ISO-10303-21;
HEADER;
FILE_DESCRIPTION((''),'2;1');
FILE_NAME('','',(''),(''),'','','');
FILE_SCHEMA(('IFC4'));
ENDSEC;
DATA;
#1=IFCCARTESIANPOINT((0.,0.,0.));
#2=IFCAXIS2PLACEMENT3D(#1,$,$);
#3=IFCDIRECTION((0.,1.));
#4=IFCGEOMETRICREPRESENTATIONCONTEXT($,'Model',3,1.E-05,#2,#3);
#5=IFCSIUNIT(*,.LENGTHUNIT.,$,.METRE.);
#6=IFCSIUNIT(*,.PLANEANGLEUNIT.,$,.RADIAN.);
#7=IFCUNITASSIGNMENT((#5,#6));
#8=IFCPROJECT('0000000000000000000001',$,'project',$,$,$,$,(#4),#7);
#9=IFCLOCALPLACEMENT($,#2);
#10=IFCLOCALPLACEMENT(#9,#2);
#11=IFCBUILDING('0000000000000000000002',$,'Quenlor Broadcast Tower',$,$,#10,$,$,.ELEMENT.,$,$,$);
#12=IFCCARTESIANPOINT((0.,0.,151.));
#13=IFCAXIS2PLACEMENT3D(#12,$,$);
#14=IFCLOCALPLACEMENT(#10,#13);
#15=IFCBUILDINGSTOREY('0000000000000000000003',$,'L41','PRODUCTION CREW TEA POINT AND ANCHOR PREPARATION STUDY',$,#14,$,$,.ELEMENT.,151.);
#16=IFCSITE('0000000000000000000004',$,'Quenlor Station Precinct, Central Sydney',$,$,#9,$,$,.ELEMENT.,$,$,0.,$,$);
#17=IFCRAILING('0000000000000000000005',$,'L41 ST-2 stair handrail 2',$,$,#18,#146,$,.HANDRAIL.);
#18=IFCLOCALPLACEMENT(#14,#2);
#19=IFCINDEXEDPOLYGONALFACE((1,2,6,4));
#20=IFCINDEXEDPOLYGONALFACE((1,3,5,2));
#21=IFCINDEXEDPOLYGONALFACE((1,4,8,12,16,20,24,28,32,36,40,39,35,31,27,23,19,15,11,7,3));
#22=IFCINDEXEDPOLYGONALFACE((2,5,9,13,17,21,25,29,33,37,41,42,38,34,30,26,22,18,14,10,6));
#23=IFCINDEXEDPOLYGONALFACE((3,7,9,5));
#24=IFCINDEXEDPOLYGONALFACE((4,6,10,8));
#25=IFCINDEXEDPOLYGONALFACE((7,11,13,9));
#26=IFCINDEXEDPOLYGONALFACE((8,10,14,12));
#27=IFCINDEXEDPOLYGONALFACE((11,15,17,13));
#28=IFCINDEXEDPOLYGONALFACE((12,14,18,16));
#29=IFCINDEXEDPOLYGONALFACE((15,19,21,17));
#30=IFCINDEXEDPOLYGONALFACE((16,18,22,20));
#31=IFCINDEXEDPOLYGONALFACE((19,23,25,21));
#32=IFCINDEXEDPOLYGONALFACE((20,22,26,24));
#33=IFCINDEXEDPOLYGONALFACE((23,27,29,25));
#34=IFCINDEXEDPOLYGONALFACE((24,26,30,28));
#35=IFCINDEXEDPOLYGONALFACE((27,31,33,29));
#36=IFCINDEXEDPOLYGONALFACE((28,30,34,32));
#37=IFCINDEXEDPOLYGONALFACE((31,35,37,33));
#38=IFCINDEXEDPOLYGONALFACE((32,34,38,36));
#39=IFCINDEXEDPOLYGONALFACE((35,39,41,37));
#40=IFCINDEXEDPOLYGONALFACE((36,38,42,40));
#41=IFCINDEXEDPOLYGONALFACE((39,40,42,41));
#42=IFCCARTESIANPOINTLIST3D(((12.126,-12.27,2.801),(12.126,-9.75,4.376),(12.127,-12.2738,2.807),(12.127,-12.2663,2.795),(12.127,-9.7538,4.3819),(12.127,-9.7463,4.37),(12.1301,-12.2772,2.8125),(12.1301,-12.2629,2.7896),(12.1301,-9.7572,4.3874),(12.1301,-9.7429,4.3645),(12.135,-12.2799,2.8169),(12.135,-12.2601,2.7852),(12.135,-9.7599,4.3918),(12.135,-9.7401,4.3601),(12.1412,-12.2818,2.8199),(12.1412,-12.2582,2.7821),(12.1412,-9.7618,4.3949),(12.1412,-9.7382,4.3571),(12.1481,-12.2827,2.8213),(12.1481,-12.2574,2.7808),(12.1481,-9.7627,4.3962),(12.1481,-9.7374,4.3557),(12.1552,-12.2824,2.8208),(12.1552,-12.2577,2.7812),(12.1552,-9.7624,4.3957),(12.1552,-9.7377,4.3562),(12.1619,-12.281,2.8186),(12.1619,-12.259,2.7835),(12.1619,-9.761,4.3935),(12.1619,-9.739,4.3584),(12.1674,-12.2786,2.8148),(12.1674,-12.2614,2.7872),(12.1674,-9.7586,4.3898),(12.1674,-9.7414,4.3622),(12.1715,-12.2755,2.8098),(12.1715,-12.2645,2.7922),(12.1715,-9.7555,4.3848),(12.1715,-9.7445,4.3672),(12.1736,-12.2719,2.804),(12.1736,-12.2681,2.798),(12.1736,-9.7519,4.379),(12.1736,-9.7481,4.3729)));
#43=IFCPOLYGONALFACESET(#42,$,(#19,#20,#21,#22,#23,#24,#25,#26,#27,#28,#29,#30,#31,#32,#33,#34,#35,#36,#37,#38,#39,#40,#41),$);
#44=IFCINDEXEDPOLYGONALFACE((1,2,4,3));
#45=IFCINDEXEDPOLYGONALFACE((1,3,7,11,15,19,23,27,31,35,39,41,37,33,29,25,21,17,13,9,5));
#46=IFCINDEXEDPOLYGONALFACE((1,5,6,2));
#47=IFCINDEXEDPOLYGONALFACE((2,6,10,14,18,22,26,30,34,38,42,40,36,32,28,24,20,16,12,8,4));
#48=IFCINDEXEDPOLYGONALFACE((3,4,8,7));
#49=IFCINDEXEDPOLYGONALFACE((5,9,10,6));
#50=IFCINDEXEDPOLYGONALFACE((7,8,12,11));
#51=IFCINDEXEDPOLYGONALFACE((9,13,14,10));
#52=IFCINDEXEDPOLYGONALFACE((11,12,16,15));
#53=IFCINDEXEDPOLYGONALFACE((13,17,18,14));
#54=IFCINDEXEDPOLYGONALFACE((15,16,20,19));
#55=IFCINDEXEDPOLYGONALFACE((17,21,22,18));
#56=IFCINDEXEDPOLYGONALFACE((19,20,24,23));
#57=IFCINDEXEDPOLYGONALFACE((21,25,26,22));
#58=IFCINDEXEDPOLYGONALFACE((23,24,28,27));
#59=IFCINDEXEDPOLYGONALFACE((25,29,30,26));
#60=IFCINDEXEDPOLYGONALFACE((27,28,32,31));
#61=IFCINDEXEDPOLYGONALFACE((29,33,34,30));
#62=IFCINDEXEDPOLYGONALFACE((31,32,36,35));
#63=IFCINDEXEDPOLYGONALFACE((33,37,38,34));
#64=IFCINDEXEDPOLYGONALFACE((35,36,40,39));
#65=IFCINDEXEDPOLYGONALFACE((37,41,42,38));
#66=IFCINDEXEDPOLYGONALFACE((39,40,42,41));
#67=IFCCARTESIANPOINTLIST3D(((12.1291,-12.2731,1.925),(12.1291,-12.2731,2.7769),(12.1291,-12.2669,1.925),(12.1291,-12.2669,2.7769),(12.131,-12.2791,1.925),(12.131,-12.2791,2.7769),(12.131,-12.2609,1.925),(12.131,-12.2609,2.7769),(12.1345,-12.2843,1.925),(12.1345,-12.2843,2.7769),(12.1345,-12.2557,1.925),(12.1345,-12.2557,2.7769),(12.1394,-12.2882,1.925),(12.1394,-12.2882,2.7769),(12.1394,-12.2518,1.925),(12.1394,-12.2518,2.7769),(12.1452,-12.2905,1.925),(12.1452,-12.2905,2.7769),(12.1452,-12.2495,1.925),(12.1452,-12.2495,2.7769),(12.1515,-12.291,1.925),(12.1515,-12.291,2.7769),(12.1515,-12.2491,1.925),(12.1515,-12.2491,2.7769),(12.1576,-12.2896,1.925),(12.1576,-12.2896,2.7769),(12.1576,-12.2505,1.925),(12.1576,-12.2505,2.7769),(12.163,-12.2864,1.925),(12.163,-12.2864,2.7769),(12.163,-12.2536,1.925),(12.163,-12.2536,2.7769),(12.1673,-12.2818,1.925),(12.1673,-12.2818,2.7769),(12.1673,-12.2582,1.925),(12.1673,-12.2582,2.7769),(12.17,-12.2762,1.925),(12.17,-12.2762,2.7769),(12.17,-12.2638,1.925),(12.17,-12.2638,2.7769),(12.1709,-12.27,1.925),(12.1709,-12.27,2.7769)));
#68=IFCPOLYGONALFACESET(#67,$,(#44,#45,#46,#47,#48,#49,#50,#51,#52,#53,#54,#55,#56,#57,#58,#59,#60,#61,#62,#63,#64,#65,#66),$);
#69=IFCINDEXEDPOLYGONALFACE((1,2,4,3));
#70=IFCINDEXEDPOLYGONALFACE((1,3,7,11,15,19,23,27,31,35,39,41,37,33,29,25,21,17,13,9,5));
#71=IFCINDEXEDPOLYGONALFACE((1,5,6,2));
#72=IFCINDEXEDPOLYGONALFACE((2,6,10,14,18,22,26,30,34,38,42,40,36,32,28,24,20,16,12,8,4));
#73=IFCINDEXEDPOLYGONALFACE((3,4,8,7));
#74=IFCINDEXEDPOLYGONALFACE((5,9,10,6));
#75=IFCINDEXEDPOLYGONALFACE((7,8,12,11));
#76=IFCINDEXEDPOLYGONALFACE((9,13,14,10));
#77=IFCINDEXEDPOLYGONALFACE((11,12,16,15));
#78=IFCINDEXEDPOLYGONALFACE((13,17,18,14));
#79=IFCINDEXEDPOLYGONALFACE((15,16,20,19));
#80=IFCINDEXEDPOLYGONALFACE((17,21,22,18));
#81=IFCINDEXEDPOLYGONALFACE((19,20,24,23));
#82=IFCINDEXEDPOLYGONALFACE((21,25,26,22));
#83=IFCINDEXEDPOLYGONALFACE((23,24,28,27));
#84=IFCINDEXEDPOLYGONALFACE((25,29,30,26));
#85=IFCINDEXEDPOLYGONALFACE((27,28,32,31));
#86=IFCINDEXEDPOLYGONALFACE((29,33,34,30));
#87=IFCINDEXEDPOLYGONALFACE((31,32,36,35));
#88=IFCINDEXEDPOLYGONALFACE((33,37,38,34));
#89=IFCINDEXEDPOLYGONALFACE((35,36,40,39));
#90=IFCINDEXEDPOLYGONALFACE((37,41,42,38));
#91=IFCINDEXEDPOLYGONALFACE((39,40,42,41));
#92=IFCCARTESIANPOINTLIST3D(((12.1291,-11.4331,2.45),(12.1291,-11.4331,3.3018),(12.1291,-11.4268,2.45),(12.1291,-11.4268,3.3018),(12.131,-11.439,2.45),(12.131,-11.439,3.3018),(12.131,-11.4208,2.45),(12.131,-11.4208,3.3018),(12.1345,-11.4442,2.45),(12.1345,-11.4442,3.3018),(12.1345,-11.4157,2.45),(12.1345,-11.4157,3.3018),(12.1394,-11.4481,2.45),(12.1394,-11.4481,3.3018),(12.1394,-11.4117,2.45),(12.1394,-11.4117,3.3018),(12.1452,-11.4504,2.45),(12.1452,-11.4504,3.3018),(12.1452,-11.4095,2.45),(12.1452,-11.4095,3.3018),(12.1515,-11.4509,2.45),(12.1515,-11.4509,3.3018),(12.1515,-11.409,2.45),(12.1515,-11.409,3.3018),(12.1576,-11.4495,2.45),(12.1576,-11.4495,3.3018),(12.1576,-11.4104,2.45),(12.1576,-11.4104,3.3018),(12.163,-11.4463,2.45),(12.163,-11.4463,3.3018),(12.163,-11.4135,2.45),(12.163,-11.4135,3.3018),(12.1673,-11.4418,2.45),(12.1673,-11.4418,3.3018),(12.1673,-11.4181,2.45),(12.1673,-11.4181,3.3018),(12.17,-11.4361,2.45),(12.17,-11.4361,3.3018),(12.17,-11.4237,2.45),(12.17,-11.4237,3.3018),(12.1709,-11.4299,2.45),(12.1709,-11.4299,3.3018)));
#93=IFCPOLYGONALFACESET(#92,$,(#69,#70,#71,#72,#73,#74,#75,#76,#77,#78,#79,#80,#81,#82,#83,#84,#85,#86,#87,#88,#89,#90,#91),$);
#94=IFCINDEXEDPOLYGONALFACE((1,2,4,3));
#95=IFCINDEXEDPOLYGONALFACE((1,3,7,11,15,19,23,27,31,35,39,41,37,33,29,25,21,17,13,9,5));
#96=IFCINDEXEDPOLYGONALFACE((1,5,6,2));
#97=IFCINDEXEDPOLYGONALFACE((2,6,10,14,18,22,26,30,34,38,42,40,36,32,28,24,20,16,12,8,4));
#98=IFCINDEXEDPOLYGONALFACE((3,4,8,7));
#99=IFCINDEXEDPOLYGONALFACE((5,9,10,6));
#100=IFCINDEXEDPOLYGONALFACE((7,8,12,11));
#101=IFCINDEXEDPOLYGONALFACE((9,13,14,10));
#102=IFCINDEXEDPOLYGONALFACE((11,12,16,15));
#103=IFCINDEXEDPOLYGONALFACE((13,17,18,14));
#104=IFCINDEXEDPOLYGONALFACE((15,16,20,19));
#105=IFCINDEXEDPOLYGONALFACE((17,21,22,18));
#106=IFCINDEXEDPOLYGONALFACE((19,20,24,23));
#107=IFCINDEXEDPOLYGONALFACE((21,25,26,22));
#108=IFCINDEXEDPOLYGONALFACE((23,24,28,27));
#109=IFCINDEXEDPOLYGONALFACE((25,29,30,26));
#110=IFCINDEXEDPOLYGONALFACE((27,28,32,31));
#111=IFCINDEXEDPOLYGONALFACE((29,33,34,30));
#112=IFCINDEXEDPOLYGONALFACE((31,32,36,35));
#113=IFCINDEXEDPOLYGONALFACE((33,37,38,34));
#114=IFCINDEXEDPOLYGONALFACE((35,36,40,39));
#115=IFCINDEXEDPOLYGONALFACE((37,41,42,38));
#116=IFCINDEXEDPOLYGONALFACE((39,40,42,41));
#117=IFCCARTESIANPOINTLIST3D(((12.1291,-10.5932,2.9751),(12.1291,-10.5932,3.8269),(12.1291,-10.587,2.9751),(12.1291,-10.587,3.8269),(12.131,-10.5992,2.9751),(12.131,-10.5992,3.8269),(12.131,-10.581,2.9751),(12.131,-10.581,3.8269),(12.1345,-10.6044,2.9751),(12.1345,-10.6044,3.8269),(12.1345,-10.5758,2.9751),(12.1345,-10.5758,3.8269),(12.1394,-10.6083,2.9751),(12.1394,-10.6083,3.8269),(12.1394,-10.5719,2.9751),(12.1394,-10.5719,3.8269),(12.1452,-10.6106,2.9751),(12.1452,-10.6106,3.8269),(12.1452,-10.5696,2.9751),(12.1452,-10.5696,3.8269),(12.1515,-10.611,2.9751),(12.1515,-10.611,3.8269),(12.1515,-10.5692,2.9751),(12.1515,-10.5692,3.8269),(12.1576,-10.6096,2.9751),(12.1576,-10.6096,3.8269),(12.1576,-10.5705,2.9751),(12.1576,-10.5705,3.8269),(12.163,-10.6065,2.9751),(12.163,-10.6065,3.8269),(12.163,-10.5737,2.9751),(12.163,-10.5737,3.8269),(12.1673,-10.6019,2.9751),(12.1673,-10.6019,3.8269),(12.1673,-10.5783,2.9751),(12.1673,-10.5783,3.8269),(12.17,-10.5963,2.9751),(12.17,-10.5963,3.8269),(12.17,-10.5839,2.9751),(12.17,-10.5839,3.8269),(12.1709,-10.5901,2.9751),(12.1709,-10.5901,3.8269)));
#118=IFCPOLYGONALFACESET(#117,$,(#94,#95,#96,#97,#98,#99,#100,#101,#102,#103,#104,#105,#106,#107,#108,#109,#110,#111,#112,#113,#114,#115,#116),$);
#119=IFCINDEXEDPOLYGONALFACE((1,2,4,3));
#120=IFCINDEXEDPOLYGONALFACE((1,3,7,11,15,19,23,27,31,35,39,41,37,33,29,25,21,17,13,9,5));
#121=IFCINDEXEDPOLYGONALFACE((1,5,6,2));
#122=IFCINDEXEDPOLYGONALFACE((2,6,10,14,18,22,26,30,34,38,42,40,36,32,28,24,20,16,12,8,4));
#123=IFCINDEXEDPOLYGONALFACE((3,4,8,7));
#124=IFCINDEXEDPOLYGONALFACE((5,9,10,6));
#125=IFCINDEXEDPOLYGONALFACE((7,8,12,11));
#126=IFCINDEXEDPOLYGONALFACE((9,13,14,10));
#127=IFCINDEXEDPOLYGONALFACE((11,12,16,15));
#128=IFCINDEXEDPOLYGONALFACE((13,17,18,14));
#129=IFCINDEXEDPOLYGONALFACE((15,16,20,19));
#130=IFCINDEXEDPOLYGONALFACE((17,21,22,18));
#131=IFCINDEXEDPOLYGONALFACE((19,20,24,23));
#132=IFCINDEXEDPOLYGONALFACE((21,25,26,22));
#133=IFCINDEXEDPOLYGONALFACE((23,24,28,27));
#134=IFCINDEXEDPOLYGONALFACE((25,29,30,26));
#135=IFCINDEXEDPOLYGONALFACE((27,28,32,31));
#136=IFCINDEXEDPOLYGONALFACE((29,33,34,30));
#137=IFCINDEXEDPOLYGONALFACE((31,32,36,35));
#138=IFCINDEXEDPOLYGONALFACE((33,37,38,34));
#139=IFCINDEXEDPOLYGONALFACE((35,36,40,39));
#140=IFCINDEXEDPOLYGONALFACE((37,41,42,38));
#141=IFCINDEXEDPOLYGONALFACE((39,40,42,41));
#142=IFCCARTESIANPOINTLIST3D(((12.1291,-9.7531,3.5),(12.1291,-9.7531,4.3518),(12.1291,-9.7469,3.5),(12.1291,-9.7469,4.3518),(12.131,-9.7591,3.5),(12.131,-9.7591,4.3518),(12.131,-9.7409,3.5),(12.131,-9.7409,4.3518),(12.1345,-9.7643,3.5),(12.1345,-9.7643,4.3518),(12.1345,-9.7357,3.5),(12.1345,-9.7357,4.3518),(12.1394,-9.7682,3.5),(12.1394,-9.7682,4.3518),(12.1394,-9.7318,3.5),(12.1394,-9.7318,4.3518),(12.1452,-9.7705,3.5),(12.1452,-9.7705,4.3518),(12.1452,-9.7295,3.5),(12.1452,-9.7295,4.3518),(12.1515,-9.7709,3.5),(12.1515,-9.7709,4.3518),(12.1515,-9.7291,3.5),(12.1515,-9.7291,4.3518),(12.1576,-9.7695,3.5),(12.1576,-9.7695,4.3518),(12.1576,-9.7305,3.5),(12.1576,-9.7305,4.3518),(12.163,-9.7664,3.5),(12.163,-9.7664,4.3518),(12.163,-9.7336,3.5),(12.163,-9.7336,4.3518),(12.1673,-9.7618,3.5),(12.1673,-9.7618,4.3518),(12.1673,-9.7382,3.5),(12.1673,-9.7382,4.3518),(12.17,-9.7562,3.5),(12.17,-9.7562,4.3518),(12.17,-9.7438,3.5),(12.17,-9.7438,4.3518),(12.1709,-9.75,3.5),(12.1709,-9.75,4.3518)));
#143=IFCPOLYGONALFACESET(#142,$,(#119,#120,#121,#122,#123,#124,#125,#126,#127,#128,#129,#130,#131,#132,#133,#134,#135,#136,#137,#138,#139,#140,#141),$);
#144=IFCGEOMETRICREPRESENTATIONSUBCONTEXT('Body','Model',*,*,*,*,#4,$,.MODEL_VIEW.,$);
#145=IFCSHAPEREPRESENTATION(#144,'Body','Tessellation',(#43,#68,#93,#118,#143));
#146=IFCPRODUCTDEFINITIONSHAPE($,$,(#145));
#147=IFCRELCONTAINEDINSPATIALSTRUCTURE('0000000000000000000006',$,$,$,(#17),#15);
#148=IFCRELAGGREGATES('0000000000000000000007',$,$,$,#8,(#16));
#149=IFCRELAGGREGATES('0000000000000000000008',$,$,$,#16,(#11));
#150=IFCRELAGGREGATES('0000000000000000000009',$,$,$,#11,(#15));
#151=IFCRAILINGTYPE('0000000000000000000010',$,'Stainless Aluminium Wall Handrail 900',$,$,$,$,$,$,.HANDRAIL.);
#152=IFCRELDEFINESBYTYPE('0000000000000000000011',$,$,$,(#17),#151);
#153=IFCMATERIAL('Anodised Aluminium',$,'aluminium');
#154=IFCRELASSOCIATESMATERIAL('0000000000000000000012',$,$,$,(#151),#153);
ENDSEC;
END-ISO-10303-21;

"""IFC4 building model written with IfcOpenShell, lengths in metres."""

from ifc_helpers import new_model, si_unit, direction, frame, origin, origin_2d, place, context, subcontext, project, spatial, circle, extrude, material, type_object, element, save


model = new_model("IFC4")

# Units and contexts
model_context = context("Model", 3, precision=1e-05, world=origin(), true_north=direction((0.0, 1.0)))
body_context = subcontext(model_context, "Body", "Model", "MODEL_VIEW")
ifc_project = project(units=[si_unit("LENGTHUNIT", "METRE"), si_unit("PLANEANGLEUNIT", "RADIAN")], contexts=[model_context])

# Site, building, storey
site_placement = place(None, origin())
site = spatial("IfcSite", under=ifc_project, at=site_placement, Name="Quenlor Station Precinct, Central Sydney", CompositionType="ELEMENT", RefElevation=0.0)
building_placement = place(site_placement, origin())
building = spatial("IfcBuilding", under=site, at=building_placement, Name="Quenlor Broadcast Tower", CompositionType="ELEMENT")
storey_placement = place(building_placement, frame((0.0, 0.0, 151.0)))
storey = spatial("IfcBuildingStorey", under=building, at=storey_placement, Name="L41", Description="PRODUCTION CREW TEA POINT AND ANCHOR PREPARATION STUDY", CompositionType="ELEMENT", Elevation=151.0)

# Railing
ifc_material_1 = material(Name="Anodised Aluminium", Category="aluminium")
railing_type_1 = type_object("IfcRailingType", Name="Stainless Aluminium Wall Handrail 900", PredefinedType="HANDRAIL", material=ifc_material_1)
railing_1_placement = place(storey_placement, frame((12.1499, -12.27, 1.925)))
element("IfcRailing", 1, at=railing_1_placement, inside=storey, type_object=railing_type_1, Name="L41 ST-2 stair handrail 2", PredefinedType="HANDRAIL", context=body_context, shape_type="SweptSolid", body=[
    extrude(circle(Radius=0.0239, at=origin_2d()), frame((0.0, 0.0, 0.876), z_axis=(0.0, 0.848008, 0.529984), x_axis=(-1.0, 0.0, 0.0)), (0.0, 0.0, 1.0), 2.9717),
    extrude(circle(Radius=0.021, at=origin_2d()), origin(), (0.0, 0.0, 1.0), 0.8518),
    extrude(circle(Radius=0.021, at=origin_2d()), frame((0.0, 0.8401, 0.5249)), (0.0, 0.0, 1.0), 0.8518),
    extrude(circle(Radius=0.021, at=origin_2d()), frame((0.0, 1.6799, 1.05)), (0.0, 0.0, 1.0), 0.8518),
    extrude(circle(Radius=0.021, at=origin_2d()), frame((0.0, 2.52, 1.575)), (0.0, 0.0, 1.0), 0.8518),
])

save(model, "model.ifc")
